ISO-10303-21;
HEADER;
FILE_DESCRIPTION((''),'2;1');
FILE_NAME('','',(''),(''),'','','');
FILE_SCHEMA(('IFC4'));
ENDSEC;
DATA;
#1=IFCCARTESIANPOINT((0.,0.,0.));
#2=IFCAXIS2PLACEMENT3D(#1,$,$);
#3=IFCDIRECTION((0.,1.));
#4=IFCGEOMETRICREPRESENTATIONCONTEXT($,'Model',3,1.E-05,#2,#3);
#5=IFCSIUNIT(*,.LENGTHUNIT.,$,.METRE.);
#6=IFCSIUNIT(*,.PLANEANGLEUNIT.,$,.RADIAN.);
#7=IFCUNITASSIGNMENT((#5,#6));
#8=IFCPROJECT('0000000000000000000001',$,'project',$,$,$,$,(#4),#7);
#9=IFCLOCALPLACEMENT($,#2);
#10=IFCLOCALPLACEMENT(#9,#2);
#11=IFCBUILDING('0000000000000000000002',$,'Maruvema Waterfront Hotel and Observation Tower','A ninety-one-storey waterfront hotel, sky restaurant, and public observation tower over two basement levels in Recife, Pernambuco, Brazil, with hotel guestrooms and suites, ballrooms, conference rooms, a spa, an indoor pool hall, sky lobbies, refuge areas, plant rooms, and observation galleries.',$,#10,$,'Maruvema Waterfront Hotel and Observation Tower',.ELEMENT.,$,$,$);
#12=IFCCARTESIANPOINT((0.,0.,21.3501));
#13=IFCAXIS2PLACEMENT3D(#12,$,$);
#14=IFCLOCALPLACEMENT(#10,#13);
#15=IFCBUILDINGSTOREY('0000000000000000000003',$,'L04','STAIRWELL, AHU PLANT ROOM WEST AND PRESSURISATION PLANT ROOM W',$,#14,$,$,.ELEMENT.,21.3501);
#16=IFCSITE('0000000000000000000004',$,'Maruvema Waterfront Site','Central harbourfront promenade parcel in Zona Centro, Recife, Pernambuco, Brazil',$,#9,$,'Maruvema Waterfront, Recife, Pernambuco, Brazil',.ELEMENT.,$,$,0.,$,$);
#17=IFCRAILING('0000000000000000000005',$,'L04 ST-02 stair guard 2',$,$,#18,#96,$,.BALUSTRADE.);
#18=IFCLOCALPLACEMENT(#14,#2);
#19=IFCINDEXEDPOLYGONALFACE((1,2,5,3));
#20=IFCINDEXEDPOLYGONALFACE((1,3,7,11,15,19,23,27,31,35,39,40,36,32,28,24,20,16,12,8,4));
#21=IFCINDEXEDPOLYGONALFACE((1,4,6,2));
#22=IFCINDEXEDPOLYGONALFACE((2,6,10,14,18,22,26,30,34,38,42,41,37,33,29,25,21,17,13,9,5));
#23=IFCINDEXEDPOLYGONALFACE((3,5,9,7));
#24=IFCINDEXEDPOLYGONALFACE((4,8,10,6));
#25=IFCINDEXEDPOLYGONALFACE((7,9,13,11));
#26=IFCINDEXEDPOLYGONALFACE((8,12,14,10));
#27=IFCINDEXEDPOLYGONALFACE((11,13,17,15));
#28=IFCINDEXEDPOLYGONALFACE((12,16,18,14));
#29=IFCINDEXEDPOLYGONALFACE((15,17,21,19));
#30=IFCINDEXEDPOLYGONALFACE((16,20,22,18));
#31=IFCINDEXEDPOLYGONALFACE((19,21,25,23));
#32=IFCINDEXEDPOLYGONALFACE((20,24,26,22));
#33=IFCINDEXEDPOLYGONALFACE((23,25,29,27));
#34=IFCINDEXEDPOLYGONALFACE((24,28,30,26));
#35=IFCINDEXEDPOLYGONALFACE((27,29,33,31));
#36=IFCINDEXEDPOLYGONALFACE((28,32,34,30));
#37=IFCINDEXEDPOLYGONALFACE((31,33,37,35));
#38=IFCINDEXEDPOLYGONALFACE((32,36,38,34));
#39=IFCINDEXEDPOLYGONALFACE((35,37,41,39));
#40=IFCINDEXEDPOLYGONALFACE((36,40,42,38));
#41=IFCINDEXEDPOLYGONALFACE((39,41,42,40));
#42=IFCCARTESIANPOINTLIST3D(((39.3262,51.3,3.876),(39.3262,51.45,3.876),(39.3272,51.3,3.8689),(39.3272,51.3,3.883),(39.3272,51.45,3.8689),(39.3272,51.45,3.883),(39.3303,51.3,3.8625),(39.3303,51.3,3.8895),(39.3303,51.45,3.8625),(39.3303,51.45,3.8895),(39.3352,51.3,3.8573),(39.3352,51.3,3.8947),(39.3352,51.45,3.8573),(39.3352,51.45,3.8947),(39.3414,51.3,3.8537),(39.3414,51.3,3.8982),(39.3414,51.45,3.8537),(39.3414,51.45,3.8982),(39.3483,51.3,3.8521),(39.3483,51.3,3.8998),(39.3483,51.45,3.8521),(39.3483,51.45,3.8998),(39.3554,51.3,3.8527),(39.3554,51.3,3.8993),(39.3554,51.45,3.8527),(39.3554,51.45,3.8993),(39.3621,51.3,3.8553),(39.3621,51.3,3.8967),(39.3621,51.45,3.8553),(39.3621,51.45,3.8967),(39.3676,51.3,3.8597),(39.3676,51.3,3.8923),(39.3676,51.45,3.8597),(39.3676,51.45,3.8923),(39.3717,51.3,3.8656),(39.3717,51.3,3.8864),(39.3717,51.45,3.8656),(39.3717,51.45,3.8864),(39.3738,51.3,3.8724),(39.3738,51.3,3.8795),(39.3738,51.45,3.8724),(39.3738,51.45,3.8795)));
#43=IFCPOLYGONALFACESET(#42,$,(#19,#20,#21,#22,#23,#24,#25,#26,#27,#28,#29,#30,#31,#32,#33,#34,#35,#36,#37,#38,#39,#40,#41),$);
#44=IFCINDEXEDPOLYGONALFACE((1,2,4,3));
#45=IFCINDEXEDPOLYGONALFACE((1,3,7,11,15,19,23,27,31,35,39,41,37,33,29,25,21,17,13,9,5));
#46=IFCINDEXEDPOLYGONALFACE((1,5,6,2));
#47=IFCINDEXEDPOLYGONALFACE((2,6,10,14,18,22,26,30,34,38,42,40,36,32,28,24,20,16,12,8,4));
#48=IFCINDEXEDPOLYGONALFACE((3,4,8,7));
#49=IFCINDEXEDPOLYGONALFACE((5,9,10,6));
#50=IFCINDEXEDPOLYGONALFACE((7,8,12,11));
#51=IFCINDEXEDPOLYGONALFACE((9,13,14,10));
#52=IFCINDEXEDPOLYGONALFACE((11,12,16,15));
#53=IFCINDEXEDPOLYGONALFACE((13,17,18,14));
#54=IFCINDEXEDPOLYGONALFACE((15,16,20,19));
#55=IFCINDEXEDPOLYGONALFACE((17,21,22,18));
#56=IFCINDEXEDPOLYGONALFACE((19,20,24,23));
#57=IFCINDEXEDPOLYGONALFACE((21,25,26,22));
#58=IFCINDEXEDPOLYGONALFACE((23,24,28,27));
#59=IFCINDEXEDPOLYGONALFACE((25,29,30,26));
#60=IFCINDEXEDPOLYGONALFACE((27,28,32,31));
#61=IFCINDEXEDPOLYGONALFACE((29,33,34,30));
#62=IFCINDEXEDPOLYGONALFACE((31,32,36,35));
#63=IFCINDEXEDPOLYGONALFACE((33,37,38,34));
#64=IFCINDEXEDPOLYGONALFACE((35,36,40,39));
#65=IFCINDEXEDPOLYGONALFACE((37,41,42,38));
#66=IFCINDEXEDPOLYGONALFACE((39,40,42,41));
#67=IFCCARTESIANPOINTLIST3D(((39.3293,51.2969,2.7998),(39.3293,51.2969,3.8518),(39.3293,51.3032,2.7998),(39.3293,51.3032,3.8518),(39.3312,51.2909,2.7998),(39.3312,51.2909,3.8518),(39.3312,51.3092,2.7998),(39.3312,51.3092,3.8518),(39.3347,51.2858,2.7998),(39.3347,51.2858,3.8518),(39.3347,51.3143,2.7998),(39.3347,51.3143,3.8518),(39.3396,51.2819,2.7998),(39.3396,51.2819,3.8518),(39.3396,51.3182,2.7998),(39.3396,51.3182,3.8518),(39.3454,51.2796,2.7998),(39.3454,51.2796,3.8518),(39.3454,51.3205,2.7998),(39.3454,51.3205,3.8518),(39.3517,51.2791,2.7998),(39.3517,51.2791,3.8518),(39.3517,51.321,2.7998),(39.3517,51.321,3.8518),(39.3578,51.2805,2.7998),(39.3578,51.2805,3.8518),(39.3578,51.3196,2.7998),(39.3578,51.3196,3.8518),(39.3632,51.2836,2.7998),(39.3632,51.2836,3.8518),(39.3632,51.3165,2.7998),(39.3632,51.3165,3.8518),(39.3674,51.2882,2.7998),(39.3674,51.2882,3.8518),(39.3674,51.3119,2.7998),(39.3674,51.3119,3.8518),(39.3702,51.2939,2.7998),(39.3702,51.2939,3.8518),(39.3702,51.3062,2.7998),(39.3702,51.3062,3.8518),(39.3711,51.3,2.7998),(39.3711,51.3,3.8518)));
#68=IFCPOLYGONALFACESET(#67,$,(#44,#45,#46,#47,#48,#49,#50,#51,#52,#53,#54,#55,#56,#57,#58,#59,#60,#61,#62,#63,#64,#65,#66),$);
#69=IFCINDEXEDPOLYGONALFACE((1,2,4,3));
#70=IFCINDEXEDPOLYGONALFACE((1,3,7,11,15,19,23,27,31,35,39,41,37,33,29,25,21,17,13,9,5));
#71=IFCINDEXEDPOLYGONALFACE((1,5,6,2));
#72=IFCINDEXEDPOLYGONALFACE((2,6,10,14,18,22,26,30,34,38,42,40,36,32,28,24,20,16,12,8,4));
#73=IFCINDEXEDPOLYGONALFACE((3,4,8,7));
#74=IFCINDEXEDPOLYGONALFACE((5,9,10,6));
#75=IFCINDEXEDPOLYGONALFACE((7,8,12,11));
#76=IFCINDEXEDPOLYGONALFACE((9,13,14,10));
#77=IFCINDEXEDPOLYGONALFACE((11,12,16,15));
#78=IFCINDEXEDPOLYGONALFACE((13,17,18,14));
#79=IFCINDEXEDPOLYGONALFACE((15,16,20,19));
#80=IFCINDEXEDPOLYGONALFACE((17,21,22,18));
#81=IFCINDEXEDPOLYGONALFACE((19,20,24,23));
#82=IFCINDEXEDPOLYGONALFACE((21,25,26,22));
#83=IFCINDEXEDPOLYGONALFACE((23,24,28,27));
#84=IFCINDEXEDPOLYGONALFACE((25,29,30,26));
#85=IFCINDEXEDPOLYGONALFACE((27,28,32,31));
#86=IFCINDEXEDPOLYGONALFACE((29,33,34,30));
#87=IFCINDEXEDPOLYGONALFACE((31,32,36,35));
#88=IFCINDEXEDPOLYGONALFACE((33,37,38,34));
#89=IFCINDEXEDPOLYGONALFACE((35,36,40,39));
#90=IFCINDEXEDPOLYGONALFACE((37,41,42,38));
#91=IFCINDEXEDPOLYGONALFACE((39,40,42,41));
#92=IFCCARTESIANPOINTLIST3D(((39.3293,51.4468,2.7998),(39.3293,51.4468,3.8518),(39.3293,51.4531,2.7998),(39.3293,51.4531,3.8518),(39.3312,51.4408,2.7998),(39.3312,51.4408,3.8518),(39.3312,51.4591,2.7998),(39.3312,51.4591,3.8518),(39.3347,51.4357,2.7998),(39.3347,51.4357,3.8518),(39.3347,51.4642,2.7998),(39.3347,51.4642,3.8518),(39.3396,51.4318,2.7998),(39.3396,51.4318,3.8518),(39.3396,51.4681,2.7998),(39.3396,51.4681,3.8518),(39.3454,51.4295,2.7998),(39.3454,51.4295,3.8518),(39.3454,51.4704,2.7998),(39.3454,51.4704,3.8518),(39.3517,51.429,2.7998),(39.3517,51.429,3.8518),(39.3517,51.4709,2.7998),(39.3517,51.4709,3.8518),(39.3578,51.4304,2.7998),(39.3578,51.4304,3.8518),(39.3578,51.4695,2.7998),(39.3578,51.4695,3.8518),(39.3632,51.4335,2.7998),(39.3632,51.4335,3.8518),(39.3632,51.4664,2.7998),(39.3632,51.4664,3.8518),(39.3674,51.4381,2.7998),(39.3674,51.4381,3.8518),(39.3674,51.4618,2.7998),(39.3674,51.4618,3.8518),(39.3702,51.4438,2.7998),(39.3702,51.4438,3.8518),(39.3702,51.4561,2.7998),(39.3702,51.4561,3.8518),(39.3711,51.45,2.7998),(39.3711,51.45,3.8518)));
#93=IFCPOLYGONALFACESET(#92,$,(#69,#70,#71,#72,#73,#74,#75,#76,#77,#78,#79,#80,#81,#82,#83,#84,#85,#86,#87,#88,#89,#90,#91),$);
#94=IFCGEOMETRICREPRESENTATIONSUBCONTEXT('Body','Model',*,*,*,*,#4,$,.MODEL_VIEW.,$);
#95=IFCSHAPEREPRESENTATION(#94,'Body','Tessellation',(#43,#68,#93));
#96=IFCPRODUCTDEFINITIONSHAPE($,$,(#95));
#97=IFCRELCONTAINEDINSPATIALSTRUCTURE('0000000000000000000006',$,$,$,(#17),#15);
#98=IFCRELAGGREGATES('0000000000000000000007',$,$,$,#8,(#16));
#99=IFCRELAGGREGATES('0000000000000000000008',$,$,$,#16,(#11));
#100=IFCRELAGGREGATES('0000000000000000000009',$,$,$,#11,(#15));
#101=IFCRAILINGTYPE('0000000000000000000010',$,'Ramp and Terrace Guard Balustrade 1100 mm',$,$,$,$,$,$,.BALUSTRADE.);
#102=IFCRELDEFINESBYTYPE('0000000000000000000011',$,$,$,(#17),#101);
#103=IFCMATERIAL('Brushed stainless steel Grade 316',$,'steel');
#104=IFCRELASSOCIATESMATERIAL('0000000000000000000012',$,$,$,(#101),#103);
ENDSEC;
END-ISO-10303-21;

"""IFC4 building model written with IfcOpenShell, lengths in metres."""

from ifc_helpers import new_model, si_unit, direction, frame, origin, origin_2d, place, context, subcontext, project, spatial, circle, extrude, material, type_object, element, save


model = new_model("IFC4")

# Units and contexts
model_context = context("Model", 3, precision=1e-05, world=origin(), true_north=direction((0.0, 1.0)))
body_context = subcontext(model_context, "Body", "Model", "MODEL_VIEW")
ifc_project = project(units=[si_unit("LENGTHUNIT", "METRE"), si_unit("PLANEANGLEUNIT", "RADIAN")], contexts=[model_context])

# Site, building, storey
site_placement = place(None, origin())
site = spatial("IfcSite", under=ifc_project, at=site_placement, Name="Maruvema Waterfront Site", Description="Central harbourfront promenade parcel in Zona Centro, Recife, Pernambuco, Brazil", LongName="Maruvema Waterfront, Recife, Pernambuco, Brazil", CompositionType="ELEMENT", RefElevation=0.0)
building_placement = place(site_placement, origin())
building = spatial("IfcBuilding", under=site, at=building_placement, Name="Maruvema Waterfront Hotel and Observation Tower", Description="A ninety-one-storey waterfront hotel, sky restaurant, and public observation tower over two basement levels in Recife, Pernambuco, Brazil, with hotel guestrooms and suites, ballrooms, conference rooms, a spa, an indoor pool hall, sky lobbies, refuge areas, plant rooms, and observation galleries.", LongName="Maruvema Waterfront Hotel and Observation Tower", CompositionType="ELEMENT")
storey_placement = place(building_placement, frame((0.0, 0.0, 21.3501)))
storey = spatial("IfcBuildingStorey", under=building, at=storey_placement, Name="L04", Description="STAIRWELL, AHU PLANT ROOM WEST AND PRESSURISATION PLANT ROOM W", CompositionType="ELEMENT", Elevation=21.3501)

# Railing
ifc_material_1 = material(Name="Brushed stainless steel Grade 316", Category="steel")
railing_type_1 = type_object("IfcRailingType", Name="Ramp and Terrace Guard Balustrade 1100 mm", PredefinedType="BALUSTRADE", material=ifc_material_1)
railing_1_placement = place(storey_placement, frame((39.3501, 51.3, 2.7998)))
element("IfcRailing", 1, at=railing_1_placement, inside=storey, type_object=railing_type_1, Name="L04 ST-02 stair guard 2", PredefinedType="BALUSTRADE", context=body_context, shape_type="SweptSolid", body=[
    extrude(circle(Radius=0.0239, at=origin_2d()), frame((0.0, 0.0, 1.0762), z_axis=(0.0, 1.0, 0.0), x_axis=(-1.0, 0.0, 0.0)), (0.0, 0.0, 1.0), 0.1499),
    extrude(circle(Radius=0.021, at=origin_2d()), origin(), (0.0, 0.0, 1.0), 1.052),
    extrude(circle(Radius=0.021, at=origin_2d()), frame((0.0, 0.1499, 0.0)), (0.0, 0.0, 1.0), 1.052),
])

save(model, "model.ifc")
